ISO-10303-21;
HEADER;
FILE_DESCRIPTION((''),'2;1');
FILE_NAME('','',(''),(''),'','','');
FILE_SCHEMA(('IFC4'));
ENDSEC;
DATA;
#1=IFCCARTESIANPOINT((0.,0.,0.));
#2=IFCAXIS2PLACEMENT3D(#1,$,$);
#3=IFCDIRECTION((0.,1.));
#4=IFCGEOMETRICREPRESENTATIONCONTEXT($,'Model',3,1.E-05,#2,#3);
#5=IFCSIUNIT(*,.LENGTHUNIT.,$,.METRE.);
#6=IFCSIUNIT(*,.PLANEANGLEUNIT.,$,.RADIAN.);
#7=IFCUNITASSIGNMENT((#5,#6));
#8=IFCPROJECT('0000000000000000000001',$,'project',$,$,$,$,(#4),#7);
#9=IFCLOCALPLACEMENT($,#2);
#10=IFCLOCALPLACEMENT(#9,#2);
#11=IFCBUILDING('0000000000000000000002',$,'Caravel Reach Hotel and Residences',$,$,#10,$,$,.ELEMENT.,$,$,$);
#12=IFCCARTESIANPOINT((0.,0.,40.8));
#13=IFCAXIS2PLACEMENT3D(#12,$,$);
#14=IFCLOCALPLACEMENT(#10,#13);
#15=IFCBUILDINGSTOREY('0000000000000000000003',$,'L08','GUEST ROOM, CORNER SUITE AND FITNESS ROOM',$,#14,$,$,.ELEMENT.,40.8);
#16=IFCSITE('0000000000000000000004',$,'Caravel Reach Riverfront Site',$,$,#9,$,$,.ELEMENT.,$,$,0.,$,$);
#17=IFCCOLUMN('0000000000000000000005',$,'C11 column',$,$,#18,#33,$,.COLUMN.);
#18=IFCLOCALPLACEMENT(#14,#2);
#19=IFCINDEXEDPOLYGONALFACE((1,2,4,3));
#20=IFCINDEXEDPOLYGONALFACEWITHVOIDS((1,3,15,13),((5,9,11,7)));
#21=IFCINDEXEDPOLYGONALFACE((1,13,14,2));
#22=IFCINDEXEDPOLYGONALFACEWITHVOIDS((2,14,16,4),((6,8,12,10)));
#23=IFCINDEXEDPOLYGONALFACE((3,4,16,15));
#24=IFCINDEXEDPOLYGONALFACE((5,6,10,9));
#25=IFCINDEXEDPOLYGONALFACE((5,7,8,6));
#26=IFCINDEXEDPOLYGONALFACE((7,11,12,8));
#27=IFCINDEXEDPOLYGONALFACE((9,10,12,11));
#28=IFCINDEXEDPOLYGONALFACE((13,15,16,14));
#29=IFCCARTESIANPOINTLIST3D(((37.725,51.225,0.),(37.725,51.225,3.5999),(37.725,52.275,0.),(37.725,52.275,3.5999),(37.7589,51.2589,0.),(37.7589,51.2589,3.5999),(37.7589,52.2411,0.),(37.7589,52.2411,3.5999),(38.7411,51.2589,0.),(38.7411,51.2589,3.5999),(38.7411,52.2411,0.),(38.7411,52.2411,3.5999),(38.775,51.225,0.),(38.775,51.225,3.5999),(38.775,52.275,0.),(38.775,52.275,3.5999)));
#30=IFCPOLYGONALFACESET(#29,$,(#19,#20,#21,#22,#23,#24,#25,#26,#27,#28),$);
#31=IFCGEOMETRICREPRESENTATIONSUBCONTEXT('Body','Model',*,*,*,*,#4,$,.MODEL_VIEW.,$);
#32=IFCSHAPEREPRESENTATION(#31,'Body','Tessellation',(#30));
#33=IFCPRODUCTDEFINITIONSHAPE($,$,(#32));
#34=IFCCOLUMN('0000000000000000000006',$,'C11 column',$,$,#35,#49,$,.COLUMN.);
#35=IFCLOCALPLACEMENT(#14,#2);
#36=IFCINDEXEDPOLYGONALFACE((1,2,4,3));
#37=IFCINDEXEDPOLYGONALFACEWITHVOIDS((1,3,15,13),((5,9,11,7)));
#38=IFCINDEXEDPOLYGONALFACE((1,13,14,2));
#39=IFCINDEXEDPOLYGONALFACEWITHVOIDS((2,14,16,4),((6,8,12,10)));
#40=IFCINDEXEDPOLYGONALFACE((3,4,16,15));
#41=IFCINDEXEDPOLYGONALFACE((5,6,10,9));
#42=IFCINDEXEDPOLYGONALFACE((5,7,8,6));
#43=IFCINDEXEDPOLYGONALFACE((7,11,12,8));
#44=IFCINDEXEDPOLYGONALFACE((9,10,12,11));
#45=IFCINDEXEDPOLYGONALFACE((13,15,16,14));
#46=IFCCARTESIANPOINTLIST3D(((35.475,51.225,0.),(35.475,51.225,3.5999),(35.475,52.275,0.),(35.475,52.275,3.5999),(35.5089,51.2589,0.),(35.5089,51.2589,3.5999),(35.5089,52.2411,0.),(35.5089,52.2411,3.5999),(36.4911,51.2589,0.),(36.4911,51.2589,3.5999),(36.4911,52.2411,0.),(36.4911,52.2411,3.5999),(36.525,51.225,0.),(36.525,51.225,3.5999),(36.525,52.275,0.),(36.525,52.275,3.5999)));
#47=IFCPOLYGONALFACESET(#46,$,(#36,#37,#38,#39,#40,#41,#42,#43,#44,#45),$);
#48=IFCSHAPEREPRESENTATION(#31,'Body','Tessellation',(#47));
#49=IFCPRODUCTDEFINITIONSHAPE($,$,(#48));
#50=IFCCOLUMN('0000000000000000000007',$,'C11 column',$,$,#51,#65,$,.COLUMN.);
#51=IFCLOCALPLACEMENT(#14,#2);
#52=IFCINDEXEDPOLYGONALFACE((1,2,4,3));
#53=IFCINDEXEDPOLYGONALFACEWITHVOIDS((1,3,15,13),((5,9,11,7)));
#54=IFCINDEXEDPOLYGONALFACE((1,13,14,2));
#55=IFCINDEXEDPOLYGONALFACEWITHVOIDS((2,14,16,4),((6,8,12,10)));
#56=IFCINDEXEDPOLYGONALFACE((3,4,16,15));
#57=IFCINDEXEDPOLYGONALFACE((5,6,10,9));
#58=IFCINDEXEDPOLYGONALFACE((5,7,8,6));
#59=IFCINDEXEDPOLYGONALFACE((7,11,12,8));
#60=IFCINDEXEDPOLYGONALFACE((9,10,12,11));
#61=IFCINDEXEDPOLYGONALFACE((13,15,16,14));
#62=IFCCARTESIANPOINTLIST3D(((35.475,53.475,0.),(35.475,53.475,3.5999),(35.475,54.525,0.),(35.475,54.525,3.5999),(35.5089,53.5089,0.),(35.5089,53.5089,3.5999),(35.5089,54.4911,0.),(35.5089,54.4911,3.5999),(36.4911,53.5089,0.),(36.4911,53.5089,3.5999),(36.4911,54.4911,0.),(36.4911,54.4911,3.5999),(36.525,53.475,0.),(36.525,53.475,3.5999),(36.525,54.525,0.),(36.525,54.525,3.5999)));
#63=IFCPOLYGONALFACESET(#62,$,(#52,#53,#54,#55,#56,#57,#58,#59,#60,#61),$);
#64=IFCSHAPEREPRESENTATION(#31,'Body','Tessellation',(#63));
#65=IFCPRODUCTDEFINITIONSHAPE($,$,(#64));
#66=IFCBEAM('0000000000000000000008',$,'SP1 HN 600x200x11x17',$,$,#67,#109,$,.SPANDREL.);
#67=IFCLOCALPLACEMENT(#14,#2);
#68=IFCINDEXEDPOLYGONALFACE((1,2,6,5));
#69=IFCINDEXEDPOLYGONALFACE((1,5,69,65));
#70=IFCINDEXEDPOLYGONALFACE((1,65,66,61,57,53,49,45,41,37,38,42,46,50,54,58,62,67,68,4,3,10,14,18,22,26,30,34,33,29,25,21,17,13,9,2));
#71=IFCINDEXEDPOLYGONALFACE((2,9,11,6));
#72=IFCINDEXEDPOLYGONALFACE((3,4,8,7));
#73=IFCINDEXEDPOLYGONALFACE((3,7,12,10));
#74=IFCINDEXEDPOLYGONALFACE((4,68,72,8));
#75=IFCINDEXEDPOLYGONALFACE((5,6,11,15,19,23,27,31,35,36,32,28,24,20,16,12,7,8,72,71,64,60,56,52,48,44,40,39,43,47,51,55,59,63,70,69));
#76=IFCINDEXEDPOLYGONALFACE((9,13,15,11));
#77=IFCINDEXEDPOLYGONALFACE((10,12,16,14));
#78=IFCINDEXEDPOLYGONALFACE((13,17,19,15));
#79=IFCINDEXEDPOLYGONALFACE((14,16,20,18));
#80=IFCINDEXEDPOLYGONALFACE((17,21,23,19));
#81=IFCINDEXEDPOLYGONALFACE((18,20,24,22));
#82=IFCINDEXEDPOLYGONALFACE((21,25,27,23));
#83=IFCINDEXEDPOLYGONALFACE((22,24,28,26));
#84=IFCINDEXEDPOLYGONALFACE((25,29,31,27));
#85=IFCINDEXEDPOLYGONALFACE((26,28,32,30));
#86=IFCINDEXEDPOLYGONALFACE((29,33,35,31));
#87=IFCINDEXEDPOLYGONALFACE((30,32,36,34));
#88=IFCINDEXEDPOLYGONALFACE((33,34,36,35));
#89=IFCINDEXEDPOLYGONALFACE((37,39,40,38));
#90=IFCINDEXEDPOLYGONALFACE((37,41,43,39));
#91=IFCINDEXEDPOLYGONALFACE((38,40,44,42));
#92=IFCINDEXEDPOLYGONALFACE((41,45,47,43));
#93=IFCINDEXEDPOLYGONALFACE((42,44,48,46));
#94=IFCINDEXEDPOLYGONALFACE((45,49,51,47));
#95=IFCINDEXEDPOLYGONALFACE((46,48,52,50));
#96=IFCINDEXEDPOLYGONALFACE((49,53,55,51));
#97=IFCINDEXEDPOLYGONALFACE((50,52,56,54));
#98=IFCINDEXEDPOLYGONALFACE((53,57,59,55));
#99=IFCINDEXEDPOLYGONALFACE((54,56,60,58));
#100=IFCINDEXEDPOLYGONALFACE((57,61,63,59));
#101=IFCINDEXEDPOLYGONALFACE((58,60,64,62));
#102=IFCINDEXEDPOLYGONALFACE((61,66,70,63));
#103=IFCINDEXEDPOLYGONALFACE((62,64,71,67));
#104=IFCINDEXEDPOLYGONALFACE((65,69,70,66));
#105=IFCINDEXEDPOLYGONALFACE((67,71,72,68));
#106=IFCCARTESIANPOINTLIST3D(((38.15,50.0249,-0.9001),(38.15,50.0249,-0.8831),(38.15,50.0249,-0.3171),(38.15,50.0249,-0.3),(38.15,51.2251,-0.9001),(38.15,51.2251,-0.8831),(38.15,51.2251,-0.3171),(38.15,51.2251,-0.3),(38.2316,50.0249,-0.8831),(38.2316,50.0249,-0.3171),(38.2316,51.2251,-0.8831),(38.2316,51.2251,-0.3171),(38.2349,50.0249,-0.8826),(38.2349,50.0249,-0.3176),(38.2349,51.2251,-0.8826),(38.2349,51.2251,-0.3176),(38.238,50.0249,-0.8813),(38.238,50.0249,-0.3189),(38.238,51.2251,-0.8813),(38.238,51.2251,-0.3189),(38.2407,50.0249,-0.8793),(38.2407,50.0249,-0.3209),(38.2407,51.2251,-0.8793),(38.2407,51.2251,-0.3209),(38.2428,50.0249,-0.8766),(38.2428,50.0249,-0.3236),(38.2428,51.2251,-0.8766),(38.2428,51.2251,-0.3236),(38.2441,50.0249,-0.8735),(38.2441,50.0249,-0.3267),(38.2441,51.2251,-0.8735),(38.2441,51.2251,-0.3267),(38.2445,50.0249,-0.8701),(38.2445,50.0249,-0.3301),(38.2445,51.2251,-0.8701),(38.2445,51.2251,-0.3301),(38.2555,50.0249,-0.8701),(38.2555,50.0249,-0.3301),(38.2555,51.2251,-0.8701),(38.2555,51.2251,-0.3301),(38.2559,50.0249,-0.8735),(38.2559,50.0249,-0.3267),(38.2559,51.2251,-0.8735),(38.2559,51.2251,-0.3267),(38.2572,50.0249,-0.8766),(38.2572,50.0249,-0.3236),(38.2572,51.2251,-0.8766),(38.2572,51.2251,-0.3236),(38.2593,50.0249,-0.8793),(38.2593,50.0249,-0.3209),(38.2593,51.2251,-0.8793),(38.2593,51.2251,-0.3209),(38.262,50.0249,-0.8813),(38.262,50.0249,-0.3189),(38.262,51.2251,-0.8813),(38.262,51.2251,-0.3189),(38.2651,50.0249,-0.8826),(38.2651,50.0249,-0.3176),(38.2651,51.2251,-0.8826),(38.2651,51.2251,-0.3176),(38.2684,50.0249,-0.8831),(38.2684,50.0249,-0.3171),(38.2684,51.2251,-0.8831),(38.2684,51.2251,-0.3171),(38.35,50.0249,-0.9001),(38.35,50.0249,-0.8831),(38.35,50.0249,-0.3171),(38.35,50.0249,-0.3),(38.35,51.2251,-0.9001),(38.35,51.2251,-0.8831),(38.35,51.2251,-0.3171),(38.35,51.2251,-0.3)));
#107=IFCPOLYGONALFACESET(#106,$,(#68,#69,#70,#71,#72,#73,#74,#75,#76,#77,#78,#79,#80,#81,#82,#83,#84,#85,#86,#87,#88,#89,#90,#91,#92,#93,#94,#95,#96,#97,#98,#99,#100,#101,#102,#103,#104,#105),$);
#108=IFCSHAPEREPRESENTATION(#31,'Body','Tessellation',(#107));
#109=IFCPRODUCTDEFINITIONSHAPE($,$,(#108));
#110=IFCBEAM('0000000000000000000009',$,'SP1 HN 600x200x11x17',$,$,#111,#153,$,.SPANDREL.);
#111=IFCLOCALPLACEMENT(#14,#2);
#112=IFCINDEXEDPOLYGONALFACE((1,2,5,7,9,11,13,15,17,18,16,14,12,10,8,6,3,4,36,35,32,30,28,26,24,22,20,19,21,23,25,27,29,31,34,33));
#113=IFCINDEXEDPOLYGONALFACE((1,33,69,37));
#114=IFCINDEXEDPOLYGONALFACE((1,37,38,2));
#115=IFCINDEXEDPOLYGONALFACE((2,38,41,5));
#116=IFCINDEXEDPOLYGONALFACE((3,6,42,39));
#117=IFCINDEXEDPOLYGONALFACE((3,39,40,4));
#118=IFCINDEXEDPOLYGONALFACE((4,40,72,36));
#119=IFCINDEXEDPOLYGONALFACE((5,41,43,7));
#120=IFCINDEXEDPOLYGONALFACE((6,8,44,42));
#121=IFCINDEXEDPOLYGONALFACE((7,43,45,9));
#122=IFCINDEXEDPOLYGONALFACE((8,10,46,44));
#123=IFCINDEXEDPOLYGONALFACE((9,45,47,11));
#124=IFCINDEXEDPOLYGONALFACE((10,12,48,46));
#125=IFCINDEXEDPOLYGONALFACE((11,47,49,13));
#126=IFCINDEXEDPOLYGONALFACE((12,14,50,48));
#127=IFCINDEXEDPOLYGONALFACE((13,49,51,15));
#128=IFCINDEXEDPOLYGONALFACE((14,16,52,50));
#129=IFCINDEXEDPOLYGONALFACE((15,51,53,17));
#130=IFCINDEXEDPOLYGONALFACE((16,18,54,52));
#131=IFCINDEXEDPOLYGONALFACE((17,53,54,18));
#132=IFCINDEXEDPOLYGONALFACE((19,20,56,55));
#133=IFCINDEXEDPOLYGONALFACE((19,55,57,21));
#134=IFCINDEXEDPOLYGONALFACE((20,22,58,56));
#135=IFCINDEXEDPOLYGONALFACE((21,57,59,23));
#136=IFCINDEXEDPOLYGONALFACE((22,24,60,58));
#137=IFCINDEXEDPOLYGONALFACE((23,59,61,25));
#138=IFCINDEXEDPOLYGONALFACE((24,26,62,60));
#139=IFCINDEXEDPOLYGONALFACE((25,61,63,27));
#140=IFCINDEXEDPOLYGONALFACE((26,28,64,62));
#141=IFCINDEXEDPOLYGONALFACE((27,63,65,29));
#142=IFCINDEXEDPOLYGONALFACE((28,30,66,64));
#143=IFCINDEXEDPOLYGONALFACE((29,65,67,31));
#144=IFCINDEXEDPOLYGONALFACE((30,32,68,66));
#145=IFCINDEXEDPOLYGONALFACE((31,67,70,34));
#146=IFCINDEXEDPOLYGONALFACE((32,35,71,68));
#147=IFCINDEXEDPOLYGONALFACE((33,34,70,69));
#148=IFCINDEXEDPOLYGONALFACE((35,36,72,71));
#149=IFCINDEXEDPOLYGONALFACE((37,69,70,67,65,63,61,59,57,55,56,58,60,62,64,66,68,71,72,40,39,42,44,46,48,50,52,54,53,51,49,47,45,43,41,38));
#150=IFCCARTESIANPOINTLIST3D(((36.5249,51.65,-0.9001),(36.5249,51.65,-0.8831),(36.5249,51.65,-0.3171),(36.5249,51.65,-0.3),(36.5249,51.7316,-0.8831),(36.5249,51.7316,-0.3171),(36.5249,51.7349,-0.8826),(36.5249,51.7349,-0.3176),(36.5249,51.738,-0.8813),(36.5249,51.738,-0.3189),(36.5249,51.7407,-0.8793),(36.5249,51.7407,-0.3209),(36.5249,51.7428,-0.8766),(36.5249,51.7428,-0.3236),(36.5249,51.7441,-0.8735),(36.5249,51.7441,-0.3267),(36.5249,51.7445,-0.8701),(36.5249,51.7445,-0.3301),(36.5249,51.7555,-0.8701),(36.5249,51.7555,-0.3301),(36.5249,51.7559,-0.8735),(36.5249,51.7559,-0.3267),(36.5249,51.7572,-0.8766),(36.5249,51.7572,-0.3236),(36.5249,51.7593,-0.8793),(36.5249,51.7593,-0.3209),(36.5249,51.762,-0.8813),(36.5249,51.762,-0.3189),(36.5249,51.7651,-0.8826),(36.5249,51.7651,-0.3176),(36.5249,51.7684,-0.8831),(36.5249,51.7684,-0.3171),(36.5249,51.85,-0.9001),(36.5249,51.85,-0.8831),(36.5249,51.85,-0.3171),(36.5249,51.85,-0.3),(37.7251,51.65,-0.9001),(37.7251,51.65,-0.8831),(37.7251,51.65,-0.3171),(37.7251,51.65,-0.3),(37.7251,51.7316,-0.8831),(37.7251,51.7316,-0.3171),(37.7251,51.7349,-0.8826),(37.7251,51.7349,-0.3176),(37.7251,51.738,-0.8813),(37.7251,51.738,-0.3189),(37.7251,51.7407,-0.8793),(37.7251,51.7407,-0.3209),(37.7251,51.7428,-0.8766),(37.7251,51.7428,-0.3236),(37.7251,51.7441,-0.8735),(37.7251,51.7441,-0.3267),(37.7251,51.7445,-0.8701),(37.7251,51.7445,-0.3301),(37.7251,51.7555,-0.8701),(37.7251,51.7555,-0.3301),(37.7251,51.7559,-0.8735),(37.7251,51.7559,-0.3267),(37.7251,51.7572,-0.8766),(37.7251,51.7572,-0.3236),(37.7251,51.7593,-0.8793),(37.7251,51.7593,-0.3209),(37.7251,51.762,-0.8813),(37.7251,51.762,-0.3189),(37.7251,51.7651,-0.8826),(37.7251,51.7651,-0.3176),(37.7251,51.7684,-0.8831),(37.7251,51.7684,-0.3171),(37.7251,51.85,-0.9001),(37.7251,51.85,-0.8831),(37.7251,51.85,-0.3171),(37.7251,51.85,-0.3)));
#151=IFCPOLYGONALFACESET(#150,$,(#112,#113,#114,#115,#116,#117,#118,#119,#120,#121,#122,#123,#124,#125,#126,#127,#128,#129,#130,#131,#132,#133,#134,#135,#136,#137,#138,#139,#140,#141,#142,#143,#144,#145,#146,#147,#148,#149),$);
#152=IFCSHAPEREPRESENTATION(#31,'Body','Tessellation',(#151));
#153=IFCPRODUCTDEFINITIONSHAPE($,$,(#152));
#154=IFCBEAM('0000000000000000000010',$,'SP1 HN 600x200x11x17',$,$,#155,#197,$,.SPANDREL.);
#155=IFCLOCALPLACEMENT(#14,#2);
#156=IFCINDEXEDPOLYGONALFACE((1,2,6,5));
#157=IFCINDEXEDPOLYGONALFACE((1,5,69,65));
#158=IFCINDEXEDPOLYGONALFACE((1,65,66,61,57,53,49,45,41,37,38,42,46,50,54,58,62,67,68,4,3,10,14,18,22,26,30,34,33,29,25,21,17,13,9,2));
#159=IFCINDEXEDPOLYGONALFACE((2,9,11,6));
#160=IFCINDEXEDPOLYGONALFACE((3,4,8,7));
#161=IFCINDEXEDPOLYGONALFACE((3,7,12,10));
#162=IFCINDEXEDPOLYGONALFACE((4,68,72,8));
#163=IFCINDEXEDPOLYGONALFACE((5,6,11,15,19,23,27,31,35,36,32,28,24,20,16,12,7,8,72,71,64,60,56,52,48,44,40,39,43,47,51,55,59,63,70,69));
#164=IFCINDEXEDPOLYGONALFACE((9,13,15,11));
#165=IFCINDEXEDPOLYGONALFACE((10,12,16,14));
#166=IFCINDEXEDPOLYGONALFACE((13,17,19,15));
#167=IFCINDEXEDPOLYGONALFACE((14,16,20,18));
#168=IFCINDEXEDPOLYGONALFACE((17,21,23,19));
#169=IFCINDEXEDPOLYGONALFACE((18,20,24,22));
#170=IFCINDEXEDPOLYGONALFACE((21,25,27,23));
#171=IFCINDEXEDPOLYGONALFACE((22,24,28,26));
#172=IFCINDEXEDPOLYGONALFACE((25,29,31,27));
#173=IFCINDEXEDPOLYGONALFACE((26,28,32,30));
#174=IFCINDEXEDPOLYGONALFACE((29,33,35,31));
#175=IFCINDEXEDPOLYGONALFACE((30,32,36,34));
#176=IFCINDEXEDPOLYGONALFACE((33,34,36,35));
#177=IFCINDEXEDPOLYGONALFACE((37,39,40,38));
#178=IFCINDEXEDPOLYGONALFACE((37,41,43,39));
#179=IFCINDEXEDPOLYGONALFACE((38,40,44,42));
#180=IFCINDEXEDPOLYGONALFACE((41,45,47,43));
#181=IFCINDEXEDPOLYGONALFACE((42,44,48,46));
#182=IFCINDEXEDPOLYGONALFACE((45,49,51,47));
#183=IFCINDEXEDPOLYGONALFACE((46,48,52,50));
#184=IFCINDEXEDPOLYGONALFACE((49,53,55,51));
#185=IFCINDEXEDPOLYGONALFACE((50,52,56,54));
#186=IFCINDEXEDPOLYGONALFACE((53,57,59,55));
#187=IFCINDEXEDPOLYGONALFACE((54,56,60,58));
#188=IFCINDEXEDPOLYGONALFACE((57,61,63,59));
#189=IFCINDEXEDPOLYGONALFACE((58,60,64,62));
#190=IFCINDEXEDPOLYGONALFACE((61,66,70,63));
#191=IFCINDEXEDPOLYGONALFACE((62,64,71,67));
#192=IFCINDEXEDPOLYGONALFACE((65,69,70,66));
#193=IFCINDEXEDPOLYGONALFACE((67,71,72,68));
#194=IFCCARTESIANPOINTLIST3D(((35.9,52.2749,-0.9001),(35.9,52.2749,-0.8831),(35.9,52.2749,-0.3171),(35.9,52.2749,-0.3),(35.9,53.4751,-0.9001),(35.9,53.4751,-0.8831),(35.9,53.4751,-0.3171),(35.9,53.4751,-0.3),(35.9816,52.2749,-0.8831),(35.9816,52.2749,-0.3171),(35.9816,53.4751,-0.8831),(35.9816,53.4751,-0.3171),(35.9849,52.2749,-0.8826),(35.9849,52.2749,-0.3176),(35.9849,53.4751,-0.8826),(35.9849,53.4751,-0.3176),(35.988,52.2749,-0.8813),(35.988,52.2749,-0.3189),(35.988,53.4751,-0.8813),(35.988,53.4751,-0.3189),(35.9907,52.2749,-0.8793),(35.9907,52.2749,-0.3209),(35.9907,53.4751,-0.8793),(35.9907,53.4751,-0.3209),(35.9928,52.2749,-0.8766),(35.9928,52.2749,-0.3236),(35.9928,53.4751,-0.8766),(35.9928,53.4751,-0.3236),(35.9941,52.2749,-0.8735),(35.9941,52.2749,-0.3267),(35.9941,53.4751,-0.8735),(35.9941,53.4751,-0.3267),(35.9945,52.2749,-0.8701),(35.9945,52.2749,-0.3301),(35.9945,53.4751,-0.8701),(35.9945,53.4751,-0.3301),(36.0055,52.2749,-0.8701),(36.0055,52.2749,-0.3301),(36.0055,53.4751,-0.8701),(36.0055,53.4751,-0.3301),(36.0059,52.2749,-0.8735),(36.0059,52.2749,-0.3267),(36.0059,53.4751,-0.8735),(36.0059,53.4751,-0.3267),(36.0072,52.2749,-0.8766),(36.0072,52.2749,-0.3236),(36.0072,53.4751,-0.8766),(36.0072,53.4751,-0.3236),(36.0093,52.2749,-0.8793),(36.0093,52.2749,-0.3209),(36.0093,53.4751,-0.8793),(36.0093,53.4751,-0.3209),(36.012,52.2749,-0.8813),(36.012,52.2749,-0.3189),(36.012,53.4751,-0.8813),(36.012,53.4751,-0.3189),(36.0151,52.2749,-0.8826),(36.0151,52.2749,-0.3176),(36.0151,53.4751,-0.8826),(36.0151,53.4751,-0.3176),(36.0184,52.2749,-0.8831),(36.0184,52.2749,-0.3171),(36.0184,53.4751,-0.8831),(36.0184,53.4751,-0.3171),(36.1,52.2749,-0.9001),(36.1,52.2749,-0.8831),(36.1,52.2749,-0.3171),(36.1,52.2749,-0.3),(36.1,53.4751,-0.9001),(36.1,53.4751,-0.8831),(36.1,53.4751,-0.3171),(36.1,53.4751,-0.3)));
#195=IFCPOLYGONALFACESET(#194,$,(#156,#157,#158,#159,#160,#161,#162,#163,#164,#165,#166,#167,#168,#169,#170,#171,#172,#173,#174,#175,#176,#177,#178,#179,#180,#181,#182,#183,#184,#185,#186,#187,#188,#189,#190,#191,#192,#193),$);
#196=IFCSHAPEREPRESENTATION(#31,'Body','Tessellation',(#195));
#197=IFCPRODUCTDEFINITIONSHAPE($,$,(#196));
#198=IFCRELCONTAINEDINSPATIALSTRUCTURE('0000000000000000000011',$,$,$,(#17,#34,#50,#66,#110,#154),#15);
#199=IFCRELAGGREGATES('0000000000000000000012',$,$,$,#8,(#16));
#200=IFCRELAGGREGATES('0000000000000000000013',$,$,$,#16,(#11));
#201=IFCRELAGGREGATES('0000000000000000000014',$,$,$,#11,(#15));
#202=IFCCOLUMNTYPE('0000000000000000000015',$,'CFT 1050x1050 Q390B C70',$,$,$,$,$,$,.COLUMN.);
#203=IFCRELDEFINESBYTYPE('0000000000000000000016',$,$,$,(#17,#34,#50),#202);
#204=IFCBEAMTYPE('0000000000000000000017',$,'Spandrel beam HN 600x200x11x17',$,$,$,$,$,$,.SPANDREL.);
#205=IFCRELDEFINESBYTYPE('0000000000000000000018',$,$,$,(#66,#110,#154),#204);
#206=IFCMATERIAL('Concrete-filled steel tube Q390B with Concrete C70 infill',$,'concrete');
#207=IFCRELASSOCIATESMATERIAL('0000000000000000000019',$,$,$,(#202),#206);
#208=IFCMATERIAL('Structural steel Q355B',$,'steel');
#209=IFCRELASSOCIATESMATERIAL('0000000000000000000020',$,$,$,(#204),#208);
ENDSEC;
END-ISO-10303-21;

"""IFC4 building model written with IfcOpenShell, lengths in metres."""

from ifc_helpers import new_model, si_unit, direction, frame, origin, origin_2d, place, context, subcontext, project, spatial, hollow_rectangle, i_section, extrude, material, material_profile, profile_set, type_object, element, save


model = new_model("IFC4")

# Units and contexts
model_context = context("Model", 3, precision=1e-05, world=origin(), true_north=direction((0.0, 1.0)))
body_context = subcontext(model_context, "Body", "Model", "MODEL_VIEW")
ifc_project = project(units=[si_unit("LENGTHUNIT", "METRE"), si_unit("PLANEANGLEUNIT", "RADIAN")], contexts=[model_context])

# Site, building, storey
site_placement = place(None, origin())
site = spatial("IfcSite", under=ifc_project, at=site_placement, Name="Caravel Reach Riverfront Site", CompositionType="ELEMENT", RefElevation=0.0)
building_placement = place(site_placement, origin())
building = spatial("IfcBuilding", under=site, at=building_placement, Name="Caravel Reach Hotel and Residences", CompositionType="ELEMENT")
storey_placement = place(building_placement, frame((0.0, 0.0, 40.8)))
storey = spatial("IfcBuildingStorey", under=building, at=storey_placement, Name="L08", Description="GUEST ROOM, CORNER SUITE AND FITNESS ROOM", CompositionType="ELEMENT", Elevation=40.8)

# Columns
ifc_material_1 = material(Name="Concrete-filled steel tube Q390B with Concrete C70 infill", Category="concrete")
ifc_material_profile_1 = material_profile(ifc_material_1, hollow_rectangle(XDim=1.05, YDim=1.05, WallThickness=0.0339, at=origin_2d()), Name="RHS 1050x1050x34")
ifc_profile_set_1 = profile_set([ifc_material_profile_1], Name="Concrete-filled steel tube Q390B with Concrete C70 infill")
column_type = type_object("IfcColumnType", Name="CFT 1050x1050 Q390B C70", PredefinedType="COLUMN", material=ifc_profile_set_1)
for number, where, z_axis, x_axis, name in (
    (1, (38.25, 51.75, 0.0), (0.0, 0.0, 1.0), (1.0, 0.0, 0.0), "C11 column"),
    (2, (36.0, 51.75, 0.0), (0.0, 0.0, 1.0), (1.0, 0.0, 0.0), "C11 column"),
    (3, (36.0, 54.0, 0.0), (0.0, 0.0, 1.0), (1.0, 0.0, 0.0), "C11 column"),
):
    element("IfcColumn", number, at=place(storey_placement, frame(where, z_axis=z_axis, x_axis=x_axis)), inside=storey, type_object=column_type, Name=name, PredefinedType="COLUMN", context=body_context, shape_type="SweptSolid", body=[
        extrude(hollow_rectangle(XDim=1.05, YDim=1.05, WallThickness=0.0339, at=origin_2d()), origin(), (0.0, 0.0, 1.0), 3.5999),
    ])

# Beams
ifc_material_2 = material(Name="Structural steel Q355B", Category="steel")
ifc_material_profile_2 = material_profile(ifc_material_2, i_section(OverallWidth=0.2, OverallDepth=0.6001, WebThickness=0.011, FlangeThickness=0.0171, FilletRadius=0.0129, at=origin_2d()), Name="HN 600x200x11x17")
ifc_profile_set_2 = profile_set([ifc_material_profile_2], Name="Structural steel Q355B")
beam_type = type_object("IfcBeamType", Name="Spandrel beam HN 600x200x11x17", PredefinedType="SPANDREL", material=ifc_profile_set_2)
for number, where, z_axis, x_axis, name in (
    (4, (38.25, 50.0249, -0.6001), (0.0, 1.0, 0.0), (-1.0, 0.0, 0.0), "SP1 HN 600x200x11x17"),
    (5, (37.7251, 51.75, -0.6001), (-1.0, 0.0, 0.0), (0.0, -1.0, 0.0), "SP1 HN 600x200x11x17"),
    (6, (36.0, 52.2749, -0.6001), (0.0, 1.0, 0.0), (-1.0, 0.0, 0.0), "SP1 HN 600x200x11x17"),
):
    element("IfcBeam", number, at=place(storey_placement, frame(where, z_axis=z_axis, x_axis=x_axis)), inside=storey, type_object=beam_type, Name=name, PredefinedType="SPANDREL", context=body_context, shape_type="SweptSolid", body=[
        extrude(i_section(OverallWidth=0.2, OverallDepth=0.6001, WebThickness=0.011, FlangeThickness=0.0171, FilletRadius=0.0129, at=origin_2d()), origin(), (0.0, 0.0, 1.0), 1.2002),
    ])

save(model, "model.ifc")
